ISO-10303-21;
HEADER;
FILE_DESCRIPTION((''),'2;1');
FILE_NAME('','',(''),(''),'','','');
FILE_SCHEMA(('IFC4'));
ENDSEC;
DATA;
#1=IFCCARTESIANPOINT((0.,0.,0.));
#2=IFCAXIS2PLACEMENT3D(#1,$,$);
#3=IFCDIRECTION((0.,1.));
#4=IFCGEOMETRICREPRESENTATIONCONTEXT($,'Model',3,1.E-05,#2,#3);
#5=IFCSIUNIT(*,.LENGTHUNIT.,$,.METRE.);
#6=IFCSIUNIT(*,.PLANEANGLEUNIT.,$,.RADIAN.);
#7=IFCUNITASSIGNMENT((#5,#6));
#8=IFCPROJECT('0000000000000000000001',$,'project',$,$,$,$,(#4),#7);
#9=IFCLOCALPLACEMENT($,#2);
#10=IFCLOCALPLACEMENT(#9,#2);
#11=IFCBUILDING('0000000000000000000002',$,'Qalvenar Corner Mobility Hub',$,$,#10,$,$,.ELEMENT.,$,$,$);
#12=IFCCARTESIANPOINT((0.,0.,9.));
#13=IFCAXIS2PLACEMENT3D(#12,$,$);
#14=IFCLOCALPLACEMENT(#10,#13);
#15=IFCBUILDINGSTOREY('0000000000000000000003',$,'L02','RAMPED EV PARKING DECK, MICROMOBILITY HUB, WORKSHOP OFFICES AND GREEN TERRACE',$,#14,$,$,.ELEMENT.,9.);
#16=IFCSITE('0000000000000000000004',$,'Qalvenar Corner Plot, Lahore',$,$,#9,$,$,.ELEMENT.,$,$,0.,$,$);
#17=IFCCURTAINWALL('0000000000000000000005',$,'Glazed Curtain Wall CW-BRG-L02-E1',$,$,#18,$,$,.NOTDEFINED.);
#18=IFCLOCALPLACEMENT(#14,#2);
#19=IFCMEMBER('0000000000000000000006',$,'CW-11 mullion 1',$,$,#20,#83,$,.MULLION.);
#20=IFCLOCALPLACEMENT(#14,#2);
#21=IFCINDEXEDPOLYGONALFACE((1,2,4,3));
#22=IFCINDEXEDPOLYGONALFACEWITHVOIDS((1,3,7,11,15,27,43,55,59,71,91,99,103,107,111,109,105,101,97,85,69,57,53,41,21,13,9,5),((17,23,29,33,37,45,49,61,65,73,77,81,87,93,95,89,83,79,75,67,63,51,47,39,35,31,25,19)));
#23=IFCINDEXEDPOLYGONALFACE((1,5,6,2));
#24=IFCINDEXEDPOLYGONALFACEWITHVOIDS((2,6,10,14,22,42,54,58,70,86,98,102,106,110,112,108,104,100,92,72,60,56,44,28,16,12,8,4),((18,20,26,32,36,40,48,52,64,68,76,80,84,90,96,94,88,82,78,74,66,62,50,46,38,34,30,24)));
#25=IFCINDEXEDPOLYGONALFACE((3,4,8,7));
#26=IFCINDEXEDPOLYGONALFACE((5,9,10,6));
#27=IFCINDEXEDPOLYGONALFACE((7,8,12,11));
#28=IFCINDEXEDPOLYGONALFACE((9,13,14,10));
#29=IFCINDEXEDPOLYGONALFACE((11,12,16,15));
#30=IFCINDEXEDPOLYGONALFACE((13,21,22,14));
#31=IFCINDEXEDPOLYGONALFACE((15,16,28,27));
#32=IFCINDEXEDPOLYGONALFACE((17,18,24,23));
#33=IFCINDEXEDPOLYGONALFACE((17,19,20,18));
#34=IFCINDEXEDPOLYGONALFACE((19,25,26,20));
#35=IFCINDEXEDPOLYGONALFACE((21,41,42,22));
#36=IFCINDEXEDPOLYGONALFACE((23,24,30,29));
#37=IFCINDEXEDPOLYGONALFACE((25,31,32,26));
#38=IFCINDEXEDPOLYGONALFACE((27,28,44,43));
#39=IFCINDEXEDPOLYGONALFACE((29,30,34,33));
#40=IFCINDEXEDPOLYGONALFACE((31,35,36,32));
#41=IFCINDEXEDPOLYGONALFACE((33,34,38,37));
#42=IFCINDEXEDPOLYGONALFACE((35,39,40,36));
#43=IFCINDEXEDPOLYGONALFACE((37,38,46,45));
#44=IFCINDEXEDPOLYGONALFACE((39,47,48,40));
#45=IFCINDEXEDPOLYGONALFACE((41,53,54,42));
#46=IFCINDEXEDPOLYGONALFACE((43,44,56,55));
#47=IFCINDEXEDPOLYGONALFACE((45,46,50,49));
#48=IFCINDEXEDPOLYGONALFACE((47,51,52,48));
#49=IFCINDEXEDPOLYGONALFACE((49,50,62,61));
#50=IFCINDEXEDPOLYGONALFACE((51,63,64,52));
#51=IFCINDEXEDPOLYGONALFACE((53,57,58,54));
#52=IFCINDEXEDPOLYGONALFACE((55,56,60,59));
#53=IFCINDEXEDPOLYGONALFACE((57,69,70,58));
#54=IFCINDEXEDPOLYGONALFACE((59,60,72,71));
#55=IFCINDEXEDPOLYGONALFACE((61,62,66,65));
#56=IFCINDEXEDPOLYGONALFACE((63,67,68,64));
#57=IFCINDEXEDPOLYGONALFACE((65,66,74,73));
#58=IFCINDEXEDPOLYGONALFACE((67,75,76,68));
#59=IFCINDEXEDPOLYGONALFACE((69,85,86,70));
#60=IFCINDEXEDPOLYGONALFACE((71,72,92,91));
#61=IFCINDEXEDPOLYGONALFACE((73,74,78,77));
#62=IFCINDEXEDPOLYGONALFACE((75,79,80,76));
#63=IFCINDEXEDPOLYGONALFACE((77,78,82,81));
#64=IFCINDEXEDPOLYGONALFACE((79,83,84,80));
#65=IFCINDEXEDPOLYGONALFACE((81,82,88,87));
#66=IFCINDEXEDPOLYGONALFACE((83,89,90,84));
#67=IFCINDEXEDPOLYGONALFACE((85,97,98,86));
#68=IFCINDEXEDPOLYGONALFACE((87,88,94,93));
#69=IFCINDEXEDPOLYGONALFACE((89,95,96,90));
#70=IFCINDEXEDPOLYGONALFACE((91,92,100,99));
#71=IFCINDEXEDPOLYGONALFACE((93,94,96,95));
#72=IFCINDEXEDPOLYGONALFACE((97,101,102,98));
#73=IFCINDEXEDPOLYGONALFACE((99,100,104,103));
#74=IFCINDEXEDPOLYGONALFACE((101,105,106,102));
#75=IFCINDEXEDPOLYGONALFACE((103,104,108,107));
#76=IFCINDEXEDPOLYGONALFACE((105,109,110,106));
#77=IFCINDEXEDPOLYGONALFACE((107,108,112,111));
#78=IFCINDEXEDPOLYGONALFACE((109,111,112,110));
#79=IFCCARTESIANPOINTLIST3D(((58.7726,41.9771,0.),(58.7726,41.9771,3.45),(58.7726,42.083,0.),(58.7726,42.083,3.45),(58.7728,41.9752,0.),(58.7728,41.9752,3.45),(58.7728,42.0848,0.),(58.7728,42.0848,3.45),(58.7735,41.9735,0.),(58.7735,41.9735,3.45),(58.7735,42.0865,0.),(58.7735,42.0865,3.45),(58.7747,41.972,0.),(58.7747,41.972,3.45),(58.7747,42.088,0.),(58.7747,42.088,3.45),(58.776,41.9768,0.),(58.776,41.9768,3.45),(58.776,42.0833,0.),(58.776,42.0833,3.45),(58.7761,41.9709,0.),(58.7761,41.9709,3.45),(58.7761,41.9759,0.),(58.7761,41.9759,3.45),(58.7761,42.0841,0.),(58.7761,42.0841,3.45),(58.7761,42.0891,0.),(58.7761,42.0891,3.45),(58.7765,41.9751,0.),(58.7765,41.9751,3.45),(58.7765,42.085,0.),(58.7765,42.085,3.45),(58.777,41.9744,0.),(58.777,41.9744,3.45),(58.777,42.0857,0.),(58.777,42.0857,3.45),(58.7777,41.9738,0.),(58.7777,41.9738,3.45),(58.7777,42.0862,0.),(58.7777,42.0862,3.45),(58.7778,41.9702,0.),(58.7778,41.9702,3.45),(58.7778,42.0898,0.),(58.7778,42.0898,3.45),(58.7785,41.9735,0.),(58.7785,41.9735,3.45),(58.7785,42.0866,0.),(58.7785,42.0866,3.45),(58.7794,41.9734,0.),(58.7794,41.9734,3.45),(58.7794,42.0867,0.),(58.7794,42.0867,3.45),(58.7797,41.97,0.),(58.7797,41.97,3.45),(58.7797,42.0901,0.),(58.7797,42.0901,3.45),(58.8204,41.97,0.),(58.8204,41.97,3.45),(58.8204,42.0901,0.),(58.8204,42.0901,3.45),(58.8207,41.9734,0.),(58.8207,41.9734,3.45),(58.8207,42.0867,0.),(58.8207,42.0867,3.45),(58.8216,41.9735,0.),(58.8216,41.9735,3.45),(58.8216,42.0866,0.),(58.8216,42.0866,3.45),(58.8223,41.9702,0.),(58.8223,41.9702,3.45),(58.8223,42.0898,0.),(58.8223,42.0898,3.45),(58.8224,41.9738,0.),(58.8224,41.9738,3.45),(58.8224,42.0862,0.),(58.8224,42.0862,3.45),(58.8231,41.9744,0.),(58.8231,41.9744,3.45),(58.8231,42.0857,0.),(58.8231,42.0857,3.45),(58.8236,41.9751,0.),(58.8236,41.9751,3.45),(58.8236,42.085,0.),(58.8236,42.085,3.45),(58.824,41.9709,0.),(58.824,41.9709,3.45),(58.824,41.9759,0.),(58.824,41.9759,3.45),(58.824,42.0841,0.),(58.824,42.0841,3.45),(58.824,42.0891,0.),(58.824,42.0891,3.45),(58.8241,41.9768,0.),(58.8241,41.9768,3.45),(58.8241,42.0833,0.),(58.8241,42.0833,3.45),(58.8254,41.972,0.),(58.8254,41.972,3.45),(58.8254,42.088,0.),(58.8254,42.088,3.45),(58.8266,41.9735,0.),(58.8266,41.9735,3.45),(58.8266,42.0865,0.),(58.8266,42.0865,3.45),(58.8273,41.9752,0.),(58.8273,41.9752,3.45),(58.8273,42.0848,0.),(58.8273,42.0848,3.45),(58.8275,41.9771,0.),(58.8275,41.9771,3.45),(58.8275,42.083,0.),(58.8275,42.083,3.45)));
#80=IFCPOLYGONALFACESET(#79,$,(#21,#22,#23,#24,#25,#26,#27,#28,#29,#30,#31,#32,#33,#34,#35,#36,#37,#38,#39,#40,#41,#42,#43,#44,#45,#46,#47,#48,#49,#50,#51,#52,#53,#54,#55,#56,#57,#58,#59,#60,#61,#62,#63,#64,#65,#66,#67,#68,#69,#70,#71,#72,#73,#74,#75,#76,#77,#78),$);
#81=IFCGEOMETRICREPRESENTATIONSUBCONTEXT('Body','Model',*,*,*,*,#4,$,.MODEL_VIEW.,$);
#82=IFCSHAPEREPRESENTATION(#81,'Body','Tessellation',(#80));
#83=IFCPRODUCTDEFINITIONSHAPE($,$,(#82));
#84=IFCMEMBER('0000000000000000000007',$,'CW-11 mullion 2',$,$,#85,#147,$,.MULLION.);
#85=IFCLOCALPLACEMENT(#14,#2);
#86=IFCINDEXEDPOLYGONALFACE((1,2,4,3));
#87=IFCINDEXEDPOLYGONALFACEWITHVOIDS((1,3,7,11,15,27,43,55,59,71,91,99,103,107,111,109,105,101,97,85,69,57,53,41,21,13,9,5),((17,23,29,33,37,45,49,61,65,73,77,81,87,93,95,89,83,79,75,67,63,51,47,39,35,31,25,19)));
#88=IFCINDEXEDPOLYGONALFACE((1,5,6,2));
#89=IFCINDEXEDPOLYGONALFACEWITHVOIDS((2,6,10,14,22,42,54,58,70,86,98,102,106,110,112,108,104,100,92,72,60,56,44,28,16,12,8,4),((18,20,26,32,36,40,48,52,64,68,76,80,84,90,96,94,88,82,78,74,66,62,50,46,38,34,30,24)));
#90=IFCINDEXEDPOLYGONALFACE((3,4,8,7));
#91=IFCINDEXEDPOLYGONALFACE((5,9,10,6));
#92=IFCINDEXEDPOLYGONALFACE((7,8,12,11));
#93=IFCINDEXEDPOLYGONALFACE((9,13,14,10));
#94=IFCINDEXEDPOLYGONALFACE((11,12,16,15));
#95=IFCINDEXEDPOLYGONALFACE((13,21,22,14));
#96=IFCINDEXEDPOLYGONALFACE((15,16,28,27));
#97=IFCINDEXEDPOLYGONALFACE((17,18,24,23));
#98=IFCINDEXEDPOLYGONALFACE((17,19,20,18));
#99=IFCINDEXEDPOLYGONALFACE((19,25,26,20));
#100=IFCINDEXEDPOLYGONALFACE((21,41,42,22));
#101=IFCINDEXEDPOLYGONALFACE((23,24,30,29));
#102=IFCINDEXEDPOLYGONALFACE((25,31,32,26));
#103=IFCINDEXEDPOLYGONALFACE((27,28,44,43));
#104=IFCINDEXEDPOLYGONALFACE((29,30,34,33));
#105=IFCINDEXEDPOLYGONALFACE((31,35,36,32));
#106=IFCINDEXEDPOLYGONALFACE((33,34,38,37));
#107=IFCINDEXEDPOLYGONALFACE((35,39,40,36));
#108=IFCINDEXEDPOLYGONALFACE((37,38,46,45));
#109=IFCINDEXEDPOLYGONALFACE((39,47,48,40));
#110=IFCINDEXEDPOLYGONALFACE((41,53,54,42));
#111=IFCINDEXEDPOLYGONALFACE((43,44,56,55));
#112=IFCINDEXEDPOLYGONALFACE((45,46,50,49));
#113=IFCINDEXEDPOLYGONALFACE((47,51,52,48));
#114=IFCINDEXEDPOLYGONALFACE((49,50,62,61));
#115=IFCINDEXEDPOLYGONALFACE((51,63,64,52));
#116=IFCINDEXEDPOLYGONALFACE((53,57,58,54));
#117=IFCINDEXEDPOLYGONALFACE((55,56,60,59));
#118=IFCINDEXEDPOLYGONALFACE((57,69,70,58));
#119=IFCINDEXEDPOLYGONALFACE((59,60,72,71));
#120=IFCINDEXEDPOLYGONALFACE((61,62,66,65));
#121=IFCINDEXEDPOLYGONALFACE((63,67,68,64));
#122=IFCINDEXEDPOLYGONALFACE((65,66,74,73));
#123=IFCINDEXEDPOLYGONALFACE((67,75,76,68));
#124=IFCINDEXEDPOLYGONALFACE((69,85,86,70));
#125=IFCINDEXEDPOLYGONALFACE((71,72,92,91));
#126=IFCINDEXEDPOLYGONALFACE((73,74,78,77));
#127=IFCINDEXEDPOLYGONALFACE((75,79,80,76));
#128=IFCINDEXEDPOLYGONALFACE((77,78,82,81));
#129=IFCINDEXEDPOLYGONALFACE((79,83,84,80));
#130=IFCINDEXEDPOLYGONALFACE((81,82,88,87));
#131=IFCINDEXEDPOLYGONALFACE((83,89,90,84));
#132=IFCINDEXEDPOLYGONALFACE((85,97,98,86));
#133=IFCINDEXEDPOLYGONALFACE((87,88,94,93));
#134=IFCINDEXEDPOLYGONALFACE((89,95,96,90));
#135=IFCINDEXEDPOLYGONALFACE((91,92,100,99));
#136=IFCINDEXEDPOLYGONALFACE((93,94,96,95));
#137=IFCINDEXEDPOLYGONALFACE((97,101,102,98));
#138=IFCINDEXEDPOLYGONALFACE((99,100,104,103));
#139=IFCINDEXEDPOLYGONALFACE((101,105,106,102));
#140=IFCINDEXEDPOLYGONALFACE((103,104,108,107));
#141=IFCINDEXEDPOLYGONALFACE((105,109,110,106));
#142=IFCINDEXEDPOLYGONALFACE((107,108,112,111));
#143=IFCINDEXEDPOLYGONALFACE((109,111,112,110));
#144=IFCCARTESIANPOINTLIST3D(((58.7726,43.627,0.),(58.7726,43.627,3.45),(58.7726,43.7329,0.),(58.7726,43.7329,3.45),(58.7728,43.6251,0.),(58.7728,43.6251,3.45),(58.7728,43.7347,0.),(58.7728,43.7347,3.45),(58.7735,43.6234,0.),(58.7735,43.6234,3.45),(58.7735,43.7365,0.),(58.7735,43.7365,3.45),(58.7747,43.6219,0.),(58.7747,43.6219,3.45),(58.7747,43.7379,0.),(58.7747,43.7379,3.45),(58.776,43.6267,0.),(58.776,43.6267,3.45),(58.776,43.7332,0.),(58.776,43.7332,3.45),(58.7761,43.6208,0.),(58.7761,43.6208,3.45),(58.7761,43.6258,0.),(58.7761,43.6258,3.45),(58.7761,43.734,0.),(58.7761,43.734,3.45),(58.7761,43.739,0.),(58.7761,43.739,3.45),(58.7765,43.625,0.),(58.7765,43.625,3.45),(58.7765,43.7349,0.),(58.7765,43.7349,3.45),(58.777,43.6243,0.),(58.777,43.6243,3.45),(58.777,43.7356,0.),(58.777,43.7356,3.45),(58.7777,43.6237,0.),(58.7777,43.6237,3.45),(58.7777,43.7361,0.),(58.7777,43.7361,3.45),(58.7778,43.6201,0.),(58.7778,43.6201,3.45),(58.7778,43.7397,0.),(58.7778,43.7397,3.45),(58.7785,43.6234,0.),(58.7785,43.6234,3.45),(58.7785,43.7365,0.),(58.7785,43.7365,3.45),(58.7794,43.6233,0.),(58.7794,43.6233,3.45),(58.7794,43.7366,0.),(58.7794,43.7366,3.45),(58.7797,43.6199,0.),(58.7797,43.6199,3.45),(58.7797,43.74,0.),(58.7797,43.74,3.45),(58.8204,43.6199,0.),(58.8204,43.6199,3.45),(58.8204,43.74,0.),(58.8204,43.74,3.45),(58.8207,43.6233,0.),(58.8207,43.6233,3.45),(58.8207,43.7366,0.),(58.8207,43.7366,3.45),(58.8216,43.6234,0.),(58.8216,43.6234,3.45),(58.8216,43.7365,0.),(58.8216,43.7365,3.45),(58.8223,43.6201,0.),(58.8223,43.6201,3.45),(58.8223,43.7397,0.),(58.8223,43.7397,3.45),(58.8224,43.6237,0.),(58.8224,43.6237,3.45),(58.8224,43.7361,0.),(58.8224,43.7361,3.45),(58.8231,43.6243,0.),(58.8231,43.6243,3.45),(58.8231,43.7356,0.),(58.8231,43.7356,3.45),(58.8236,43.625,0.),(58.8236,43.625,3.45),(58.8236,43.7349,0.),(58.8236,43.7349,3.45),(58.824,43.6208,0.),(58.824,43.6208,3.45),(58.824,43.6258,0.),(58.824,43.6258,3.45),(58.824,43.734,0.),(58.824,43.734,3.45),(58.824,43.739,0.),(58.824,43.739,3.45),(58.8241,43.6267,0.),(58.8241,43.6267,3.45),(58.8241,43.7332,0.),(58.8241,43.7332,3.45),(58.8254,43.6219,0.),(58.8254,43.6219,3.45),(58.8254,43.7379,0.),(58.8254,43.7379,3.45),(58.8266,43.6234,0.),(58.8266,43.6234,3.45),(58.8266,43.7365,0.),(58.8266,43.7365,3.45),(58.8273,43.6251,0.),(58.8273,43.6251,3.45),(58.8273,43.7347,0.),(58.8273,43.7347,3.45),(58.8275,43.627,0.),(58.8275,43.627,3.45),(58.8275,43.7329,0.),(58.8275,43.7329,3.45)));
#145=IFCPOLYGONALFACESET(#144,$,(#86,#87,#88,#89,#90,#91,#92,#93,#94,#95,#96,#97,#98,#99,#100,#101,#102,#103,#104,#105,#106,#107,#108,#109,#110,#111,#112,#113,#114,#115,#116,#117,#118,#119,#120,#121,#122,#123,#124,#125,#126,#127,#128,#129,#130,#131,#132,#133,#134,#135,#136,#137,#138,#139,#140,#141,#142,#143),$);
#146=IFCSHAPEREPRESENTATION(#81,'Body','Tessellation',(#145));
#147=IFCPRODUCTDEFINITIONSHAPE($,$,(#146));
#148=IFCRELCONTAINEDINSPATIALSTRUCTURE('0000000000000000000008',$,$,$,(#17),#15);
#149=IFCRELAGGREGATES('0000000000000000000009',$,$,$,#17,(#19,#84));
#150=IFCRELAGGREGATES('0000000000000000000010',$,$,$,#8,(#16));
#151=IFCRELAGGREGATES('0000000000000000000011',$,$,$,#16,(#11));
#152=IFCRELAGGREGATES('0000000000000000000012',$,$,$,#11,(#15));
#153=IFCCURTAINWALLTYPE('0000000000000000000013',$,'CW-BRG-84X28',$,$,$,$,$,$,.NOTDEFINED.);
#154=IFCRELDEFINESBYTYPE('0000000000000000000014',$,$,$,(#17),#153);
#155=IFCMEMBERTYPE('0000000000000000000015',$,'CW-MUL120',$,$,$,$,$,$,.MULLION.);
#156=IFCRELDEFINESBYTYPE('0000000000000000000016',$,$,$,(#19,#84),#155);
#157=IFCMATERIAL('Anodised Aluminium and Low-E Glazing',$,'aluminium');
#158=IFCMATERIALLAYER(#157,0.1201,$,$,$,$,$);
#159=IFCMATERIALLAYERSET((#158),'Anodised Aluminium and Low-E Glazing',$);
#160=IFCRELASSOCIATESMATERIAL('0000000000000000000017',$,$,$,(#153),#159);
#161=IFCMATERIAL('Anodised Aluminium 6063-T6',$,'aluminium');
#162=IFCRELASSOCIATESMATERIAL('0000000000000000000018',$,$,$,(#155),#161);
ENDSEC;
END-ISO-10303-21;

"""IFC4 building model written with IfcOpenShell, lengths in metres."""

from ifc_helpers import new_model, si_unit, direction, frame, origin, origin_2d, place, context, subcontext, project, spatial, hollow_rectangle, extrude, material, layer, layer_set, material_profile, profile_set, type_object, element, aggregate, save


model = new_model("IFC4")

# Units and contexts
model_context = context("Model", 3, precision=1e-05, world=origin(), true_north=direction((0.0, 1.0)))
body_context = subcontext(model_context, "Body", "Model", "MODEL_VIEW")
ifc_project = project(units=[si_unit("LENGTHUNIT", "METRE"), si_unit("PLANEANGLEUNIT", "RADIAN")], contexts=[model_context])

# Site, building, storey
site_placement = place(None, origin())
site = spatial("IfcSite", under=ifc_project, at=site_placement, Name="Qalvenar Corner Plot, Lahore", CompositionType="ELEMENT", RefElevation=0.0)
building_placement = place(site_placement, origin())
building = spatial("IfcBuilding", under=site, at=building_placement, Name="Qalvenar Corner Mobility Hub", CompositionType="ELEMENT")
storey_placement = place(building_placement, frame((0.0, 0.0, 9.0)))
storey = spatial("IfcBuildingStorey", under=building, at=storey_placement, Name="L02", Description="RAMPED EV PARKING DECK, MICROMOBILITY HUB, WORKSHOP OFFICES AND GREEN TERRACE", CompositionType="ELEMENT", Elevation=9.0)

# Curtain wall, members
ifc_material_1 = material(Name="Anodised Aluminium and Low-E Glazing", Category="aluminium")
ifc_layer_1 = layer(ifc_material_1, 0.1201)
ifc_layer_set_1 = layer_set([ifc_layer_1], Name="Anodised Aluminium and Low-E Glazing")
curtain_wall_type = type_object("IfcCurtainWallType", Name="CW-BRG-84X28", PredefinedType="NOTDEFINED", material=ifc_layer_set_1)
curtain_wall_placement = place(storey_placement, origin())
curtain_wall = element("IfcCurtainWall", 1, at=curtain_wall_placement, inside=storey, type_object=curtain_wall_type, Name="Glazed Curtain Wall CW-BRG-L02-E1", PredefinedType="NOTDEFINED")
ifc_material_2 = material(Name="Anodised Aluminium 6063-T6", Category="aluminium")
ifc_material_profile_1 = material_profile(ifc_material_2, hollow_rectangle(XDim=0.0549, YDim=0.1201, WallThickness=0.0034, InnerFilletRadius=0.0034, OuterFilletRadius=0.0071, at=origin_2d()), Name="RHS120x55x3.5")
ifc_profile_set_1 = profile_set([ifc_material_profile_1], Name="Anodised Aluminium 6063-T6")
member_type_1 = type_object("IfcMemberType", Name="CW-MUL120", PredefinedType="MULLION", material=ifc_profile_set_1)
member_1_placement = place(storey_placement, frame((58.8, 42.03, 0.0), z_axis=(0.0, 0.0, 1.0), x_axis=(-1.0, 0.0, 0.0)))
member_1 = element("IfcMember", 2, at=member_1_placement, type_object=member_type_1, Name="CW-11 mullion 1", PredefinedType="MULLION", context=body_context, shape_type="SweptSolid", body=[
    extrude(hollow_rectangle(XDim=0.0549, YDim=0.1201, WallThickness=0.0034, InnerFilletRadius=0.0034, OuterFilletRadius=0.0071, at=origin_2d()), origin(), (0.0, 0.0, 1.0), 3.45),
])
member_2_placement = place(storey_placement, frame((58.8, 43.6799, 0.0), z_axis=(0.0, 0.0, 1.0), x_axis=(-1.0, 0.0, 0.0)))
member_2 = element("IfcMember", 3, at=member_2_placement, type_object=member_type_1, Name="CW-11 mullion 2", PredefinedType="MULLION", context=body_context, shape_type="SweptSolid", body=[
    extrude(hollow_rectangle(XDim=0.0549, YDim=0.1201, WallThickness=0.0034, InnerFilletRadius=0.0034, OuterFilletRadius=0.0071, at=origin_2d()), origin(), (0.0, 0.0, 1.0), 3.45),
])

aggregate(curtain_wall, [member_1, member_2])

save(model, "model.ifc")
